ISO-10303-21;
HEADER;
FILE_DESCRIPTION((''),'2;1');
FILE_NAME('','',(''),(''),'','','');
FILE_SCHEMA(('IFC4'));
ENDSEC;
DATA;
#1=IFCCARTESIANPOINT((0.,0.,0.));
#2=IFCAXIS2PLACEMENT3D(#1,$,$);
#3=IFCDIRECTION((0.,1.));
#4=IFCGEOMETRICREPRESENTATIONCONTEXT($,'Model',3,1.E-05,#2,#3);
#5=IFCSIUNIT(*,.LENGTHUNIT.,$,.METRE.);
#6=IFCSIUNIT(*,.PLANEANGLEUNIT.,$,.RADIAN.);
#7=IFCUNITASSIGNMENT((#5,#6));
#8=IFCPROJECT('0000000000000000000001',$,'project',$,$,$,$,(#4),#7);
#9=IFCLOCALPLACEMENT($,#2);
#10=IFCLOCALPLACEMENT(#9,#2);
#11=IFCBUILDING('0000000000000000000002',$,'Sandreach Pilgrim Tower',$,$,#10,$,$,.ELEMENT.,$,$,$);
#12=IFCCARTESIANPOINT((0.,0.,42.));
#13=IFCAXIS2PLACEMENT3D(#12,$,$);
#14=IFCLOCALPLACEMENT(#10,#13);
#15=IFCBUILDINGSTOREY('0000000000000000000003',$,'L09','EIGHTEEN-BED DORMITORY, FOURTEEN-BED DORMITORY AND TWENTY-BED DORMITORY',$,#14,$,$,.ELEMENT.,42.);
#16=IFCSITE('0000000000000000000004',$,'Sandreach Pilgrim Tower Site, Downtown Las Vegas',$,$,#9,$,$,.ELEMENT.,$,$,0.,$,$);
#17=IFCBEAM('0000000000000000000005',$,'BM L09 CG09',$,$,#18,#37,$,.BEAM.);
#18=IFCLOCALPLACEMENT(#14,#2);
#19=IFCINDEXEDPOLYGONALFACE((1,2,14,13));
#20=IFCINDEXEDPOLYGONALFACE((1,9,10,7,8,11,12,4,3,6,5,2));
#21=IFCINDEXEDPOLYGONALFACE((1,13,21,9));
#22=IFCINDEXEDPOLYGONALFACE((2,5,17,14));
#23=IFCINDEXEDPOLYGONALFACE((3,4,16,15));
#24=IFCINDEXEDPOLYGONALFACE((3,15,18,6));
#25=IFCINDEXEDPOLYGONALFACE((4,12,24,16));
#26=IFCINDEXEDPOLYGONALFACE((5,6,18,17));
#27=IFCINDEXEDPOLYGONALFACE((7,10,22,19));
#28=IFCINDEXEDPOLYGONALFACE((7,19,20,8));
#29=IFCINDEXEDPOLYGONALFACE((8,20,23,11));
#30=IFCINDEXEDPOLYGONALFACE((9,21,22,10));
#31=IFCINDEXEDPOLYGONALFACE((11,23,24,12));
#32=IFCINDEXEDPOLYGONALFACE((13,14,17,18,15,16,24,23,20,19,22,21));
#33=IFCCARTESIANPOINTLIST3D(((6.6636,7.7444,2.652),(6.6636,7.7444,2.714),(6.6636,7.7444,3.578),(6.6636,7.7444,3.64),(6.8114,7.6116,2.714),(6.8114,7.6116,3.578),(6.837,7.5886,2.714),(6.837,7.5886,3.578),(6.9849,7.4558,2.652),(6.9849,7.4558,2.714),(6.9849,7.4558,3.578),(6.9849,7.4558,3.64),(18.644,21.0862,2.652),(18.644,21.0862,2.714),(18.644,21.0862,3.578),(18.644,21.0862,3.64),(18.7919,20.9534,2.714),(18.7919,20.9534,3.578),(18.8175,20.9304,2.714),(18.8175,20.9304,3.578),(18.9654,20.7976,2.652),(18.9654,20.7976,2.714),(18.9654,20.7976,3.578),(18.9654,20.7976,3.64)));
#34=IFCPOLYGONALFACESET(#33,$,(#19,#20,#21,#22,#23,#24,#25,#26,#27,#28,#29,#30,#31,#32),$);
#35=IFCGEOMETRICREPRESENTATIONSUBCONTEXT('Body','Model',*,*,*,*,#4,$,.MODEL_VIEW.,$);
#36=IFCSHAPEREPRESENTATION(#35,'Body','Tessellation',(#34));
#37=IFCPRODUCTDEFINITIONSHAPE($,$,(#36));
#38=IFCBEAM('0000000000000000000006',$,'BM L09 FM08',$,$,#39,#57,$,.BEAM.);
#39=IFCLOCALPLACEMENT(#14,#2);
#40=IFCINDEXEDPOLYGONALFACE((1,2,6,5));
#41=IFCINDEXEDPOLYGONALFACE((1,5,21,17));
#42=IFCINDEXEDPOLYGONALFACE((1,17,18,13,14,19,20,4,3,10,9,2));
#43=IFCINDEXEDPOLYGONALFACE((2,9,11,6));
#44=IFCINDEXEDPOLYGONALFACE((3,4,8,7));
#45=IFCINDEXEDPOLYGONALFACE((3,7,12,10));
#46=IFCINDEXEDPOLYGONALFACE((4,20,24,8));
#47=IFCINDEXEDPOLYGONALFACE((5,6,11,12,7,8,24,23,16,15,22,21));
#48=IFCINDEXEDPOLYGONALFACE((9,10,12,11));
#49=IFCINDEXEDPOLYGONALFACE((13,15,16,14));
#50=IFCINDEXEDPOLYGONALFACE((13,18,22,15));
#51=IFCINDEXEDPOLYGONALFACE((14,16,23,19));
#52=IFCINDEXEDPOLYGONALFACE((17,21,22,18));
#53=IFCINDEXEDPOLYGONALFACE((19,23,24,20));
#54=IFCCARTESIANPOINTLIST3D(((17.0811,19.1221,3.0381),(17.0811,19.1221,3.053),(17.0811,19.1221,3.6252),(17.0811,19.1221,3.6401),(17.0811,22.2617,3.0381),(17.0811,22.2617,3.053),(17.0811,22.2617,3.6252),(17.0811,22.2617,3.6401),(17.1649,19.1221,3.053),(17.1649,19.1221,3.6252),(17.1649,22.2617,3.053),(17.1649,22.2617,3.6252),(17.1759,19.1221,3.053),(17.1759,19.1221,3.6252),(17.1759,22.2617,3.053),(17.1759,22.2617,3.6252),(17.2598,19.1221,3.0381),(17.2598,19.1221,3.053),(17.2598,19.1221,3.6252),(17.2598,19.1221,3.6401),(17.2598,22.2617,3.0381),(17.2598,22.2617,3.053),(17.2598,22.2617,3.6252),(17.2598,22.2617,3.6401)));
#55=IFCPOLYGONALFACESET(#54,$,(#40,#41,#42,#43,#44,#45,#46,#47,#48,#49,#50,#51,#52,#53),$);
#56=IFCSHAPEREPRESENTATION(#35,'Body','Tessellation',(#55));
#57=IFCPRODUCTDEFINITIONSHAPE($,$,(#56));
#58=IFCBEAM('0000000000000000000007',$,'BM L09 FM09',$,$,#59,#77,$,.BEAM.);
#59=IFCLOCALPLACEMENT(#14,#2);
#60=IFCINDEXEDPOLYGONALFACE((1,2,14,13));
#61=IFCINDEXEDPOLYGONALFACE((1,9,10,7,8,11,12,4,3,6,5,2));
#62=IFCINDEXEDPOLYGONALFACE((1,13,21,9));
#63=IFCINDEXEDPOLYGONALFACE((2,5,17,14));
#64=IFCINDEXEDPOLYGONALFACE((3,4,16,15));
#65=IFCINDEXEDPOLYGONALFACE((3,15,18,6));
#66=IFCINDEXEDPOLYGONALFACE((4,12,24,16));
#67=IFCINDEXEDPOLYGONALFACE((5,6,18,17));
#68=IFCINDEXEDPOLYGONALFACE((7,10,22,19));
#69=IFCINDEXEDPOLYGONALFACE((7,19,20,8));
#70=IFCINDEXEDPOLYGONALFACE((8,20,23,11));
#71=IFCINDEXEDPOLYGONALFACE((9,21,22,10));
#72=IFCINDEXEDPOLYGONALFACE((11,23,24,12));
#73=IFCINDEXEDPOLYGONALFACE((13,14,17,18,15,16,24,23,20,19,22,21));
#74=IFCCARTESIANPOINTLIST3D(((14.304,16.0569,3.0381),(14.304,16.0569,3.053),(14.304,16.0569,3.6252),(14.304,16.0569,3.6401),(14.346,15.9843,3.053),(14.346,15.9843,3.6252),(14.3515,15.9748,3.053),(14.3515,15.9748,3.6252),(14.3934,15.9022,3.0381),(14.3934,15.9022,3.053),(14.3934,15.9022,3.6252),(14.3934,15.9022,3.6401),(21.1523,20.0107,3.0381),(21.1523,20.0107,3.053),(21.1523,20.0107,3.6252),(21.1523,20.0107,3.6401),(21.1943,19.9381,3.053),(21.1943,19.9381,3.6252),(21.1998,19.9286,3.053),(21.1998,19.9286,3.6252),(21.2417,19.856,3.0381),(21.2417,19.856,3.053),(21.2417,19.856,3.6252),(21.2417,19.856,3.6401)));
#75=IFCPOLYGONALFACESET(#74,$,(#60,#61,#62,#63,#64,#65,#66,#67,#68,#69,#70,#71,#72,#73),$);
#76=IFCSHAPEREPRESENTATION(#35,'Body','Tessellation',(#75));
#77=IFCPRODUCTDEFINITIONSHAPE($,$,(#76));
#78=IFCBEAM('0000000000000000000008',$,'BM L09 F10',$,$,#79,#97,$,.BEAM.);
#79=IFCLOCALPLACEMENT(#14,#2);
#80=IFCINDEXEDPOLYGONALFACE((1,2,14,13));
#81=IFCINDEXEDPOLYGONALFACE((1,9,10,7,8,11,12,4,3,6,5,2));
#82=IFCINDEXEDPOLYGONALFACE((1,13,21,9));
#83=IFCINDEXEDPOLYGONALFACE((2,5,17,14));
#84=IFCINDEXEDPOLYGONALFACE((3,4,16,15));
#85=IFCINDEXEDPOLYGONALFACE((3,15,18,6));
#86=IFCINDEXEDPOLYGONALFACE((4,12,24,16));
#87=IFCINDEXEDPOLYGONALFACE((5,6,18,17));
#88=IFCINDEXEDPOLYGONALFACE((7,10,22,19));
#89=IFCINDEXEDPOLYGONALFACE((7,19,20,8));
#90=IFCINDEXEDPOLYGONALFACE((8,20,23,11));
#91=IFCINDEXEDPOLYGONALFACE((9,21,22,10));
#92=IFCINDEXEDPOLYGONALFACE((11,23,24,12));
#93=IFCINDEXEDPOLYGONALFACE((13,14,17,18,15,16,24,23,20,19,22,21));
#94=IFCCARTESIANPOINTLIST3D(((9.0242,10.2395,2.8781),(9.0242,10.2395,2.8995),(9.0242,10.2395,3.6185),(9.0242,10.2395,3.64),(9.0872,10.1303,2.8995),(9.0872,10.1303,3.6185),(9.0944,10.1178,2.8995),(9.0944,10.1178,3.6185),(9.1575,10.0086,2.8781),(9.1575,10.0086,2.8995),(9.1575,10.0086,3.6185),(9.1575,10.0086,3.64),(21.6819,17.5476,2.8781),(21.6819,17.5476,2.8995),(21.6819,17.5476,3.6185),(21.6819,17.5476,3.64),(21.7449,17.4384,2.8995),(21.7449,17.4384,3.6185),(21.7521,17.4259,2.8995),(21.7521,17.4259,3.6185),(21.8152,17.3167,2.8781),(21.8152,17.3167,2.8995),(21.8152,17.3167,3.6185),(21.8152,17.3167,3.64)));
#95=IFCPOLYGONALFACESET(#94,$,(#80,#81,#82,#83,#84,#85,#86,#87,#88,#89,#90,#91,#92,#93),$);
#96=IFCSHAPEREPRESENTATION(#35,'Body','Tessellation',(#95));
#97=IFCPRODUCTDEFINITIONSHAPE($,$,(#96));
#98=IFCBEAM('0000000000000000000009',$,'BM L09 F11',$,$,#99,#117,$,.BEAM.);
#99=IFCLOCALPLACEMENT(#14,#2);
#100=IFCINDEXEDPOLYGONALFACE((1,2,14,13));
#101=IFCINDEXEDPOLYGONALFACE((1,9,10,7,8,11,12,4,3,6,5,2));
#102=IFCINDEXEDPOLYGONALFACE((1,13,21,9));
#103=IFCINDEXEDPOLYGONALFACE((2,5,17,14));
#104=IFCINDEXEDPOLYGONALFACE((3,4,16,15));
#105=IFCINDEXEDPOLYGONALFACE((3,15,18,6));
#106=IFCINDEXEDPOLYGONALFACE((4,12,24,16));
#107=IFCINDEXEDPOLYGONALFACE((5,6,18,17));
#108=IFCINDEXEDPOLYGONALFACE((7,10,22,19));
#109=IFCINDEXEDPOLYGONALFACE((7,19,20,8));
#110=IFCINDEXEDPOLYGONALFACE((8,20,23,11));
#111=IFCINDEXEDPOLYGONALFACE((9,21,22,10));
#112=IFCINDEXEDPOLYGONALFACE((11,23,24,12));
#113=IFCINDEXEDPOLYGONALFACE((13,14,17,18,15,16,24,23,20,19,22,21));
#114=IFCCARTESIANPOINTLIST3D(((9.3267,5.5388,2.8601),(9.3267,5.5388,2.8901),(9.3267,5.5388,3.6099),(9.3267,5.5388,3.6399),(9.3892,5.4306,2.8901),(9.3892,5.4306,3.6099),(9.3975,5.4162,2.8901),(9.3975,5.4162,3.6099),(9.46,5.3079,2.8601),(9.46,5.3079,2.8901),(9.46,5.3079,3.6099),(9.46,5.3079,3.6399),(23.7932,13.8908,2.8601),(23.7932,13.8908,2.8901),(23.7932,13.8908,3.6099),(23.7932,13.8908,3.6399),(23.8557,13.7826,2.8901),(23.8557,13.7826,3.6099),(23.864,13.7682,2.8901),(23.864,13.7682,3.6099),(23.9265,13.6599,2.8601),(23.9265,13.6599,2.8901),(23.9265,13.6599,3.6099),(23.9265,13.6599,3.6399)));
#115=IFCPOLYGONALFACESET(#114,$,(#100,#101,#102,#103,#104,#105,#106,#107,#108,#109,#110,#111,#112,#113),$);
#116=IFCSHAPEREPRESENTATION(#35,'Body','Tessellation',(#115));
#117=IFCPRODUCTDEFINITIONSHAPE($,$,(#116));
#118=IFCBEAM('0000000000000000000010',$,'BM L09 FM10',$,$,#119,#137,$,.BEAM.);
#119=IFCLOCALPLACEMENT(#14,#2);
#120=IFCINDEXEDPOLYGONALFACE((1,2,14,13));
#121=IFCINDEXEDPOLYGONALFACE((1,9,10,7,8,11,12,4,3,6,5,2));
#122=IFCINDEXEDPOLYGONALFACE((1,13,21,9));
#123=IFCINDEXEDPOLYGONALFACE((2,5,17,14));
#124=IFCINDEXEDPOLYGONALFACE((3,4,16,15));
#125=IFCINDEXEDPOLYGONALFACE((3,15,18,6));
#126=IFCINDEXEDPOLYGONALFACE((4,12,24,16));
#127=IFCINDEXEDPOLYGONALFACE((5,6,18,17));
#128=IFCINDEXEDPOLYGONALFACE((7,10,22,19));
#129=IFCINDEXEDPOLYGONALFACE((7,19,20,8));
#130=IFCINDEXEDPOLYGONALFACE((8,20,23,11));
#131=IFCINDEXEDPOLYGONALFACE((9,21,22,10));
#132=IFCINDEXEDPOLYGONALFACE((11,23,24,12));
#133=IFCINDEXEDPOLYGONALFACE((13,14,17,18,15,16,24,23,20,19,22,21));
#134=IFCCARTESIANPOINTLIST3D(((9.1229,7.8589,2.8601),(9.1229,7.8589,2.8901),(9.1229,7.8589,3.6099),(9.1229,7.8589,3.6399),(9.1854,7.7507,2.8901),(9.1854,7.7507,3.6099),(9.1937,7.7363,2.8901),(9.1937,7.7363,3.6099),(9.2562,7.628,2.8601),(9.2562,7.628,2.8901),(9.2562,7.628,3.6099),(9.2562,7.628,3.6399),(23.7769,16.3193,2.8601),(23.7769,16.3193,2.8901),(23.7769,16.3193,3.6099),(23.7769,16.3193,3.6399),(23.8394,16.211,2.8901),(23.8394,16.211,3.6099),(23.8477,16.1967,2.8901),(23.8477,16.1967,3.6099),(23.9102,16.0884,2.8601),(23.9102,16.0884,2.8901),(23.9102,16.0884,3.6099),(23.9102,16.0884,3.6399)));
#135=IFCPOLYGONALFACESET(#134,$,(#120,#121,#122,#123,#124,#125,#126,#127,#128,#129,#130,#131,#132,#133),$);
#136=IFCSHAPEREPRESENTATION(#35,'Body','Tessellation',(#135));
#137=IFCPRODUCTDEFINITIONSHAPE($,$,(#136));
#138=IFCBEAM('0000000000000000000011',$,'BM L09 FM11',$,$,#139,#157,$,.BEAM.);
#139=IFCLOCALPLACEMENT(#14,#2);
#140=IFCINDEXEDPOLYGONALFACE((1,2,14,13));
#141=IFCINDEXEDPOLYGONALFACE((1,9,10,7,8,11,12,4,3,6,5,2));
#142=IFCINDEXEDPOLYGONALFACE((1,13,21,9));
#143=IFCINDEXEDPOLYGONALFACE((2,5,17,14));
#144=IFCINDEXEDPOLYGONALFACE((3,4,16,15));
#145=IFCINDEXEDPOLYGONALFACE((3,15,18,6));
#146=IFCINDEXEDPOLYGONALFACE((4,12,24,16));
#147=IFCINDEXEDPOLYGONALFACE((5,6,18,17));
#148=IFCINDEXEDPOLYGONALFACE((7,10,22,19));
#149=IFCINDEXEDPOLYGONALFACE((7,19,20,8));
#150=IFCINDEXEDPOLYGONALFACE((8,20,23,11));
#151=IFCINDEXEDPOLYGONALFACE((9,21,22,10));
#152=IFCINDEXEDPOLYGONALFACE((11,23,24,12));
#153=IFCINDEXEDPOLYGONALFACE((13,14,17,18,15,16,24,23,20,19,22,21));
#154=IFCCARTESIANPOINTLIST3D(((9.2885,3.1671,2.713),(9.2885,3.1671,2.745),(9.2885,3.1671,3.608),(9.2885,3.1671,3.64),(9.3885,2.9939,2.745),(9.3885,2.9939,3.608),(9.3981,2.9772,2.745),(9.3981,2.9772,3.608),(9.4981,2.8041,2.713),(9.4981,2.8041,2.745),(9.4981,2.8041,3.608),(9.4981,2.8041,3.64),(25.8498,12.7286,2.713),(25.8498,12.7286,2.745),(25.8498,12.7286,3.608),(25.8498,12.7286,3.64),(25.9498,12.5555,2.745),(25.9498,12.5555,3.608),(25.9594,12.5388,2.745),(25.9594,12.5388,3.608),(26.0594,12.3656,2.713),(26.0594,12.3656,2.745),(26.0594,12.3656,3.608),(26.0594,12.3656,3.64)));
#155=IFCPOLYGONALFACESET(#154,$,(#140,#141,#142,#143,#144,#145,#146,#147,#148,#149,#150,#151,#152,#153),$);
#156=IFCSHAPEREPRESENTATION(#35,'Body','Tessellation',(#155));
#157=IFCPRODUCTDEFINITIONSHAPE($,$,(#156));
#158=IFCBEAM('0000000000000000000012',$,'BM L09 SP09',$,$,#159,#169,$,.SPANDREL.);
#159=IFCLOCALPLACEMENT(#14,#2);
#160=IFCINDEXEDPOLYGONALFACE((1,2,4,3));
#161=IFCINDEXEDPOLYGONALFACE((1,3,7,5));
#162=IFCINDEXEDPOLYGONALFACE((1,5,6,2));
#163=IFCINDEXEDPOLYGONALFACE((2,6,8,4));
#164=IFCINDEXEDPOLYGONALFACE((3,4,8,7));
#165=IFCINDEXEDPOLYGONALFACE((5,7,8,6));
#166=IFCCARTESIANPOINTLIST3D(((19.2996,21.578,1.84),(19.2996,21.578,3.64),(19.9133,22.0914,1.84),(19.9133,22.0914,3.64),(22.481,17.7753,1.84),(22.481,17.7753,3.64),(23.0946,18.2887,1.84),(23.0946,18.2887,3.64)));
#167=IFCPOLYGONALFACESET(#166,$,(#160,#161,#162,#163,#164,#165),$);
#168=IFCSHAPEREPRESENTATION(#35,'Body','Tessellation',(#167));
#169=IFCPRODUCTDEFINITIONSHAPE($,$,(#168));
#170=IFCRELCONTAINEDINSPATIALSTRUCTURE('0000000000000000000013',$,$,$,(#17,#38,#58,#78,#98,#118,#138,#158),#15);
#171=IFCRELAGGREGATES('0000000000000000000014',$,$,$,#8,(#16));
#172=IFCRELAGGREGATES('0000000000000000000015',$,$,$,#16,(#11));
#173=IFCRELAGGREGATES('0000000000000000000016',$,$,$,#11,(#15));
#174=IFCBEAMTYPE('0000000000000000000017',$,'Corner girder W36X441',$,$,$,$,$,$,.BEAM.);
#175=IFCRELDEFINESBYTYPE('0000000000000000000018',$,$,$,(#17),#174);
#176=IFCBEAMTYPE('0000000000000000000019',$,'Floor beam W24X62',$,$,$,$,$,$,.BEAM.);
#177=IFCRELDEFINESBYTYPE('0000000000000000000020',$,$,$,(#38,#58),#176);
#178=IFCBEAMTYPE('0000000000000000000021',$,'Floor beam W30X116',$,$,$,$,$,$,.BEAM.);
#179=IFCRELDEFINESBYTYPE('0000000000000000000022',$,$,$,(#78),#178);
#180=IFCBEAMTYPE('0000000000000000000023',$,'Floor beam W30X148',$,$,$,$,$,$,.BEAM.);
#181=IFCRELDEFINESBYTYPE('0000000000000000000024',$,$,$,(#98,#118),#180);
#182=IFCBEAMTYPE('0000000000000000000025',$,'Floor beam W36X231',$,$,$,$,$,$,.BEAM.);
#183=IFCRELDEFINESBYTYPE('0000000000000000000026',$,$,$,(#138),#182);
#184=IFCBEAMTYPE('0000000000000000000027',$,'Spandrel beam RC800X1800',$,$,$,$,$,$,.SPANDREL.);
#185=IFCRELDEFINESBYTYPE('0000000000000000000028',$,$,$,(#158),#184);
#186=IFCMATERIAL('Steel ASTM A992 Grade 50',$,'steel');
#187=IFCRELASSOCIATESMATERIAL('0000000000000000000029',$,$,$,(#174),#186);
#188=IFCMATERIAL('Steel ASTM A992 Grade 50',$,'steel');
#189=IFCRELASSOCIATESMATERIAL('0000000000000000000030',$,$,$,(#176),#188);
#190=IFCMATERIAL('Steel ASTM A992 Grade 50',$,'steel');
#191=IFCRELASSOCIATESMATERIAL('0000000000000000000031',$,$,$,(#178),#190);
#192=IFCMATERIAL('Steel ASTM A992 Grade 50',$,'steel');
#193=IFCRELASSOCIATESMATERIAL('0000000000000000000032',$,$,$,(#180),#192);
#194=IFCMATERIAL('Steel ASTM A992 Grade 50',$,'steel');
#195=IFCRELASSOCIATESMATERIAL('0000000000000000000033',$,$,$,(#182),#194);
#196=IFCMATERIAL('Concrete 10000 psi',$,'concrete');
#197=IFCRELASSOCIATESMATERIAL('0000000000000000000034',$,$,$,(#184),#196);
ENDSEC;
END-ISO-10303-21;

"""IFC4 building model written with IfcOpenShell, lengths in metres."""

from ifc_helpers import new_model, si_unit, direction, frame, origin, origin_2d, place, context, subcontext, project, spatial, rectangle, i_section, extrude, material, material_profile, profile_set, type_object, element, save


model = new_model("IFC4")

# Units and contexts
model_context = context("Model", 3, precision=1e-05, world=origin(), true_north=direction((0.0, 1.0)))
body_context = subcontext(model_context, "Body", "Model", "MODEL_VIEW")
ifc_project = project(units=[si_unit("LENGTHUNIT", "METRE"), si_unit("PLANEANGLEUNIT", "RADIAN")], contexts=[model_context])

# Site, building, storey
site_placement = place(None, origin())
site = spatial("IfcSite", under=ifc_project, at=site_placement, Name="Sandreach Pilgrim Tower Site, Downtown Las Vegas", CompositionType="ELEMENT", RefElevation=0.0)
building_placement = place(site_placement, origin())
building = spatial("IfcBuilding", under=site, at=building_placement, Name="Sandreach Pilgrim Tower", CompositionType="ELEMENT")
storey_placement = place(building_placement, frame((0.0, 0.0, 42.0)))
storey = spatial("IfcBuildingStorey", under=building, at=storey_placement, Name="L09", Description="EIGHTEEN-BED DORMITORY, FOURTEEN-BED DORMITORY AND TWENTY-BED DORMITORY", CompositionType="ELEMENT", Elevation=42.0)

# Beams
ifc_material_1 = material(Name="Steel ASTM A992 Grade 50", Category="steel")
ifc_material_profile_1 = material_profile(ifc_material_1, i_section(OverallWidth=0.4319, OverallDepth=0.988, WebThickness=0.0344, FlangeThickness=0.062, at=origin_2d()), Name="W36X441")
ifc_profile_set_1 = profile_set([ifc_material_profile_1], Name="Steel ASTM A992 Grade 50")
beam_type_1 = type_object("IfcBeamType", Name="Corner girder W36X441", PredefinedType="BEAM", material=ifc_profile_set_1)
beam_1_placement = place(storey_placement, frame((18.8047, 20.9419, 3.146), z_axis=(-0.668128, -0.744047, 0.0), x_axis=(0.744047, -0.668128, 0.0)))
element("IfcBeam", 1, at=beam_1_placement, inside=storey, type_object=beam_type_1, Name="BM L09 CG09", PredefinedType="BEAM", context=body_context, shape_type="SweptSolid", body=[
    extrude(i_section(OverallWidth=0.4319, OverallDepth=0.988, WebThickness=0.0344, FlangeThickness=0.062, at=origin_2d()), origin(), (0.0, 0.0, 1.0), 17.9314),
])
ifc_material_2 = material(Name="Steel ASTM A992 Grade 50", Category="steel")
ifc_material_profile_2 = material_profile(ifc_material_2, i_section(OverallWidth=0.1787, OverallDepth=0.6021, WebThickness=0.011, FlangeThickness=0.0149, at=origin_2d()), Name="W24X62")
ifc_profile_set_2 = profile_set([ifc_material_profile_2], Name="Steel ASTM A992 Grade 50")
beam_type_2 = type_object("IfcBeamType", Name="Floor beam W24X62", PredefinedType="BEAM", material=ifc_profile_set_2)
beam_2_placement = place(storey_placement, frame((17.1704, 22.2617, 3.3391), z_axis=(0.0, -1.0, 0.0), x_axis=(1.0, 0.0, 0.0)))
element("IfcBeam", 2, at=beam_2_placement, inside=storey, type_object=beam_type_2, Name="BM L09 FM08", PredefinedType="BEAM", context=body_context, shape_type="SweptSolid", body=[
    extrude(i_section(OverallWidth=0.1787, OverallDepth=0.6021, WebThickness=0.011, FlangeThickness=0.0149, at=origin_2d()), origin(), (0.0, 0.0, 1.0), 3.1396),
])
beam_3_placement = place(storey_placement, frame((21.197, 19.9333, 3.3391), z_axis=(-0.866029, -0.499994, 0.0), x_axis=(0.499994, -0.866029, 0.0)))
element("IfcBeam", 3, at=beam_3_placement, inside=storey, type_object=beam_type_2, Name="BM L09 FM09", PredefinedType="BEAM", context=body_context, shape_type="SweptSolid", body=[
    extrude(i_section(OverallWidth=0.1787, OverallDepth=0.6021, WebThickness=0.011, FlangeThickness=0.0149, at=origin_2d()), origin(), (0.0, 0.0, 1.0), 7.9077),
])
ifc_material_3 = material(Name="Steel ASTM A992 Grade 50", Category="steel")
ifc_material_profile_3 = material_profile(ifc_material_3, i_section(OverallWidth=0.2666, OverallDepth=0.762, WebThickness=0.0144, FlangeThickness=0.0215, at=origin_2d()), Name="W30X116")
ifc_profile_set_3 = profile_set([ifc_material_profile_3], Name="Steel ASTM A992 Grade 50")
beam_type_3 = type_object("IfcBeamType", Name="Floor beam W30X116", PredefinedType="BEAM", material=ifc_profile_set_3)
beam_4_placement = place(storey_placement, frame((21.7485, 17.4321, 3.259), z_axis=(-0.86602, -0.500009, 0.0), x_axis=(0.500009, -0.86602, 0.0)))
element("IfcBeam", 4, at=beam_4_placement, inside=storey, type_object=beam_type_3, Name="BM L09 F10", PredefinedType="BEAM", context=body_context, shape_type="SweptSolid", body=[
    extrude(i_section(OverallWidth=0.2666, OverallDepth=0.762, WebThickness=0.0144, FlangeThickness=0.0215, at=origin_2d()), origin(), (0.0, 0.0, 1.0), 14.616),
])
ifc_material_4 = material(Name="Steel ASTM A992 Grade 50", Category="steel")
ifc_material_profile_4 = material_profile(ifc_material_4, i_section(OverallWidth=0.2666, OverallDepth=0.7798, WebThickness=0.0166, FlangeThickness=0.03, at=origin_2d()), Name="W30X148")
ifc_profile_set_4 = profile_set([ifc_material_profile_4], Name="Steel ASTM A992 Grade 50")
beam_type_4 = type_object("IfcBeamType", Name="Floor beam W30X148", PredefinedType="BEAM", material=ifc_profile_set_4)
beam_5_placement = place(storey_placement, frame((23.8599, 13.7754, 3.25), z_axis=(-0.866031, -0.49999, 0.0), x_axis=(0.49999, -0.866031, 0.0)))
element("IfcBeam", 5, at=beam_5_placement, inside=storey, type_object=beam_type_4, Name="BM L09 F11", PredefinedType="BEAM", context=body_context, shape_type="SweptSolid", body=[
    extrude(i_section(OverallWidth=0.2666, OverallDepth=0.7798, WebThickness=0.0166, FlangeThickness=0.03, at=origin_2d()), origin(), (0.0, 0.0, 1.0), 16.7043),
])
beam_6_placement = place(storey_placement, frame((23.8435, 16.2039, 3.25), z_axis=(-0.866027, -0.499997, 0.0), x_axis=(0.499997, -0.866027, 0.0)))
element("IfcBeam", 6, at=beam_6_placement, inside=storey, type_object=beam_type_4, Name="BM L09 FM10", PredefinedType="BEAM", context=body_context, shape_type="SweptSolid", body=[
    extrude(i_section(OverallWidth=0.2666, OverallDepth=0.7798, WebThickness=0.0166, FlangeThickness=0.03, at=origin_2d()), origin(), (0.0, 0.0, 1.0), 16.9209),
])
ifc_material_5 = material(Name="Steel ASTM A992 Grade 50", Category="steel")
ifc_material_profile_5 = material_profile(ifc_material_5, i_section(OverallWidth=0.4192, OverallDepth=0.927, WebThickness=0.0193, FlangeThickness=0.032, at=origin_2d()), Name="W36X231")
ifc_profile_set_5 = profile_set([ifc_material_profile_5], Name="Steel ASTM A992 Grade 50")
beam_type_5 = type_object("IfcBeamType", Name="Floor beam W36X231", PredefinedType="BEAM", material=ifc_profile_set_5)
beam_7_placement = place(storey_placement, frame((25.9546, 12.5471, 3.1765), z_axis=(-0.866028, -0.499995, 0.0), x_axis=(0.499995, -0.866028, 0.0)))
element("IfcBeam", 7, at=beam_7_placement, inside=storey, type_object=beam_type_5, Name="BM L09 FM11", PredefinedType="BEAM", context=body_context, shape_type="SweptSolid", body=[
    extrude(i_section(OverallWidth=0.4192, OverallDepth=0.927, WebThickness=0.0193, FlangeThickness=0.032, at=origin_2d()), origin(), (0.0, 0.0, 1.0), 19.1233),
])
ifc_material_6 = material(Name="Concrete 10000 psi", Category="concrete")
ifc_material_profile_6 = material_profile(ifc_material_6, rectangle(XDim=0.8, YDim=1.8, at=origin_2d()), Name="RC800X1800")
ifc_profile_set_6 = profile_set([ifc_material_profile_6], Name="Concrete 10000 psi")
beam_type_6 = type_object("IfcBeamType", Name="Spandrel beam RC800X1800", PredefinedType="SPANDREL", material=ifc_profile_set_6)
beam_8_placement = place(storey_placement, frame((19.6064, 21.8347, 2.74), z_axis=(0.641665, -0.766985, 0.0), x_axis=(0.766985, 0.641665, 0.0)))
element("IfcBeam", 8, at=beam_8_placement, inside=storey, type_object=beam_type_6, Name="BM L09 SP09", PredefinedType="SPANDREL", context=body_context, shape_type="SweptSolid", body=[
    extrude(rectangle(XDim=0.8, YDim=1.8, at=origin_2d()), origin(), (0.0, 0.0, 1.0), 4.958),
])

save(model, "model.ifc")
